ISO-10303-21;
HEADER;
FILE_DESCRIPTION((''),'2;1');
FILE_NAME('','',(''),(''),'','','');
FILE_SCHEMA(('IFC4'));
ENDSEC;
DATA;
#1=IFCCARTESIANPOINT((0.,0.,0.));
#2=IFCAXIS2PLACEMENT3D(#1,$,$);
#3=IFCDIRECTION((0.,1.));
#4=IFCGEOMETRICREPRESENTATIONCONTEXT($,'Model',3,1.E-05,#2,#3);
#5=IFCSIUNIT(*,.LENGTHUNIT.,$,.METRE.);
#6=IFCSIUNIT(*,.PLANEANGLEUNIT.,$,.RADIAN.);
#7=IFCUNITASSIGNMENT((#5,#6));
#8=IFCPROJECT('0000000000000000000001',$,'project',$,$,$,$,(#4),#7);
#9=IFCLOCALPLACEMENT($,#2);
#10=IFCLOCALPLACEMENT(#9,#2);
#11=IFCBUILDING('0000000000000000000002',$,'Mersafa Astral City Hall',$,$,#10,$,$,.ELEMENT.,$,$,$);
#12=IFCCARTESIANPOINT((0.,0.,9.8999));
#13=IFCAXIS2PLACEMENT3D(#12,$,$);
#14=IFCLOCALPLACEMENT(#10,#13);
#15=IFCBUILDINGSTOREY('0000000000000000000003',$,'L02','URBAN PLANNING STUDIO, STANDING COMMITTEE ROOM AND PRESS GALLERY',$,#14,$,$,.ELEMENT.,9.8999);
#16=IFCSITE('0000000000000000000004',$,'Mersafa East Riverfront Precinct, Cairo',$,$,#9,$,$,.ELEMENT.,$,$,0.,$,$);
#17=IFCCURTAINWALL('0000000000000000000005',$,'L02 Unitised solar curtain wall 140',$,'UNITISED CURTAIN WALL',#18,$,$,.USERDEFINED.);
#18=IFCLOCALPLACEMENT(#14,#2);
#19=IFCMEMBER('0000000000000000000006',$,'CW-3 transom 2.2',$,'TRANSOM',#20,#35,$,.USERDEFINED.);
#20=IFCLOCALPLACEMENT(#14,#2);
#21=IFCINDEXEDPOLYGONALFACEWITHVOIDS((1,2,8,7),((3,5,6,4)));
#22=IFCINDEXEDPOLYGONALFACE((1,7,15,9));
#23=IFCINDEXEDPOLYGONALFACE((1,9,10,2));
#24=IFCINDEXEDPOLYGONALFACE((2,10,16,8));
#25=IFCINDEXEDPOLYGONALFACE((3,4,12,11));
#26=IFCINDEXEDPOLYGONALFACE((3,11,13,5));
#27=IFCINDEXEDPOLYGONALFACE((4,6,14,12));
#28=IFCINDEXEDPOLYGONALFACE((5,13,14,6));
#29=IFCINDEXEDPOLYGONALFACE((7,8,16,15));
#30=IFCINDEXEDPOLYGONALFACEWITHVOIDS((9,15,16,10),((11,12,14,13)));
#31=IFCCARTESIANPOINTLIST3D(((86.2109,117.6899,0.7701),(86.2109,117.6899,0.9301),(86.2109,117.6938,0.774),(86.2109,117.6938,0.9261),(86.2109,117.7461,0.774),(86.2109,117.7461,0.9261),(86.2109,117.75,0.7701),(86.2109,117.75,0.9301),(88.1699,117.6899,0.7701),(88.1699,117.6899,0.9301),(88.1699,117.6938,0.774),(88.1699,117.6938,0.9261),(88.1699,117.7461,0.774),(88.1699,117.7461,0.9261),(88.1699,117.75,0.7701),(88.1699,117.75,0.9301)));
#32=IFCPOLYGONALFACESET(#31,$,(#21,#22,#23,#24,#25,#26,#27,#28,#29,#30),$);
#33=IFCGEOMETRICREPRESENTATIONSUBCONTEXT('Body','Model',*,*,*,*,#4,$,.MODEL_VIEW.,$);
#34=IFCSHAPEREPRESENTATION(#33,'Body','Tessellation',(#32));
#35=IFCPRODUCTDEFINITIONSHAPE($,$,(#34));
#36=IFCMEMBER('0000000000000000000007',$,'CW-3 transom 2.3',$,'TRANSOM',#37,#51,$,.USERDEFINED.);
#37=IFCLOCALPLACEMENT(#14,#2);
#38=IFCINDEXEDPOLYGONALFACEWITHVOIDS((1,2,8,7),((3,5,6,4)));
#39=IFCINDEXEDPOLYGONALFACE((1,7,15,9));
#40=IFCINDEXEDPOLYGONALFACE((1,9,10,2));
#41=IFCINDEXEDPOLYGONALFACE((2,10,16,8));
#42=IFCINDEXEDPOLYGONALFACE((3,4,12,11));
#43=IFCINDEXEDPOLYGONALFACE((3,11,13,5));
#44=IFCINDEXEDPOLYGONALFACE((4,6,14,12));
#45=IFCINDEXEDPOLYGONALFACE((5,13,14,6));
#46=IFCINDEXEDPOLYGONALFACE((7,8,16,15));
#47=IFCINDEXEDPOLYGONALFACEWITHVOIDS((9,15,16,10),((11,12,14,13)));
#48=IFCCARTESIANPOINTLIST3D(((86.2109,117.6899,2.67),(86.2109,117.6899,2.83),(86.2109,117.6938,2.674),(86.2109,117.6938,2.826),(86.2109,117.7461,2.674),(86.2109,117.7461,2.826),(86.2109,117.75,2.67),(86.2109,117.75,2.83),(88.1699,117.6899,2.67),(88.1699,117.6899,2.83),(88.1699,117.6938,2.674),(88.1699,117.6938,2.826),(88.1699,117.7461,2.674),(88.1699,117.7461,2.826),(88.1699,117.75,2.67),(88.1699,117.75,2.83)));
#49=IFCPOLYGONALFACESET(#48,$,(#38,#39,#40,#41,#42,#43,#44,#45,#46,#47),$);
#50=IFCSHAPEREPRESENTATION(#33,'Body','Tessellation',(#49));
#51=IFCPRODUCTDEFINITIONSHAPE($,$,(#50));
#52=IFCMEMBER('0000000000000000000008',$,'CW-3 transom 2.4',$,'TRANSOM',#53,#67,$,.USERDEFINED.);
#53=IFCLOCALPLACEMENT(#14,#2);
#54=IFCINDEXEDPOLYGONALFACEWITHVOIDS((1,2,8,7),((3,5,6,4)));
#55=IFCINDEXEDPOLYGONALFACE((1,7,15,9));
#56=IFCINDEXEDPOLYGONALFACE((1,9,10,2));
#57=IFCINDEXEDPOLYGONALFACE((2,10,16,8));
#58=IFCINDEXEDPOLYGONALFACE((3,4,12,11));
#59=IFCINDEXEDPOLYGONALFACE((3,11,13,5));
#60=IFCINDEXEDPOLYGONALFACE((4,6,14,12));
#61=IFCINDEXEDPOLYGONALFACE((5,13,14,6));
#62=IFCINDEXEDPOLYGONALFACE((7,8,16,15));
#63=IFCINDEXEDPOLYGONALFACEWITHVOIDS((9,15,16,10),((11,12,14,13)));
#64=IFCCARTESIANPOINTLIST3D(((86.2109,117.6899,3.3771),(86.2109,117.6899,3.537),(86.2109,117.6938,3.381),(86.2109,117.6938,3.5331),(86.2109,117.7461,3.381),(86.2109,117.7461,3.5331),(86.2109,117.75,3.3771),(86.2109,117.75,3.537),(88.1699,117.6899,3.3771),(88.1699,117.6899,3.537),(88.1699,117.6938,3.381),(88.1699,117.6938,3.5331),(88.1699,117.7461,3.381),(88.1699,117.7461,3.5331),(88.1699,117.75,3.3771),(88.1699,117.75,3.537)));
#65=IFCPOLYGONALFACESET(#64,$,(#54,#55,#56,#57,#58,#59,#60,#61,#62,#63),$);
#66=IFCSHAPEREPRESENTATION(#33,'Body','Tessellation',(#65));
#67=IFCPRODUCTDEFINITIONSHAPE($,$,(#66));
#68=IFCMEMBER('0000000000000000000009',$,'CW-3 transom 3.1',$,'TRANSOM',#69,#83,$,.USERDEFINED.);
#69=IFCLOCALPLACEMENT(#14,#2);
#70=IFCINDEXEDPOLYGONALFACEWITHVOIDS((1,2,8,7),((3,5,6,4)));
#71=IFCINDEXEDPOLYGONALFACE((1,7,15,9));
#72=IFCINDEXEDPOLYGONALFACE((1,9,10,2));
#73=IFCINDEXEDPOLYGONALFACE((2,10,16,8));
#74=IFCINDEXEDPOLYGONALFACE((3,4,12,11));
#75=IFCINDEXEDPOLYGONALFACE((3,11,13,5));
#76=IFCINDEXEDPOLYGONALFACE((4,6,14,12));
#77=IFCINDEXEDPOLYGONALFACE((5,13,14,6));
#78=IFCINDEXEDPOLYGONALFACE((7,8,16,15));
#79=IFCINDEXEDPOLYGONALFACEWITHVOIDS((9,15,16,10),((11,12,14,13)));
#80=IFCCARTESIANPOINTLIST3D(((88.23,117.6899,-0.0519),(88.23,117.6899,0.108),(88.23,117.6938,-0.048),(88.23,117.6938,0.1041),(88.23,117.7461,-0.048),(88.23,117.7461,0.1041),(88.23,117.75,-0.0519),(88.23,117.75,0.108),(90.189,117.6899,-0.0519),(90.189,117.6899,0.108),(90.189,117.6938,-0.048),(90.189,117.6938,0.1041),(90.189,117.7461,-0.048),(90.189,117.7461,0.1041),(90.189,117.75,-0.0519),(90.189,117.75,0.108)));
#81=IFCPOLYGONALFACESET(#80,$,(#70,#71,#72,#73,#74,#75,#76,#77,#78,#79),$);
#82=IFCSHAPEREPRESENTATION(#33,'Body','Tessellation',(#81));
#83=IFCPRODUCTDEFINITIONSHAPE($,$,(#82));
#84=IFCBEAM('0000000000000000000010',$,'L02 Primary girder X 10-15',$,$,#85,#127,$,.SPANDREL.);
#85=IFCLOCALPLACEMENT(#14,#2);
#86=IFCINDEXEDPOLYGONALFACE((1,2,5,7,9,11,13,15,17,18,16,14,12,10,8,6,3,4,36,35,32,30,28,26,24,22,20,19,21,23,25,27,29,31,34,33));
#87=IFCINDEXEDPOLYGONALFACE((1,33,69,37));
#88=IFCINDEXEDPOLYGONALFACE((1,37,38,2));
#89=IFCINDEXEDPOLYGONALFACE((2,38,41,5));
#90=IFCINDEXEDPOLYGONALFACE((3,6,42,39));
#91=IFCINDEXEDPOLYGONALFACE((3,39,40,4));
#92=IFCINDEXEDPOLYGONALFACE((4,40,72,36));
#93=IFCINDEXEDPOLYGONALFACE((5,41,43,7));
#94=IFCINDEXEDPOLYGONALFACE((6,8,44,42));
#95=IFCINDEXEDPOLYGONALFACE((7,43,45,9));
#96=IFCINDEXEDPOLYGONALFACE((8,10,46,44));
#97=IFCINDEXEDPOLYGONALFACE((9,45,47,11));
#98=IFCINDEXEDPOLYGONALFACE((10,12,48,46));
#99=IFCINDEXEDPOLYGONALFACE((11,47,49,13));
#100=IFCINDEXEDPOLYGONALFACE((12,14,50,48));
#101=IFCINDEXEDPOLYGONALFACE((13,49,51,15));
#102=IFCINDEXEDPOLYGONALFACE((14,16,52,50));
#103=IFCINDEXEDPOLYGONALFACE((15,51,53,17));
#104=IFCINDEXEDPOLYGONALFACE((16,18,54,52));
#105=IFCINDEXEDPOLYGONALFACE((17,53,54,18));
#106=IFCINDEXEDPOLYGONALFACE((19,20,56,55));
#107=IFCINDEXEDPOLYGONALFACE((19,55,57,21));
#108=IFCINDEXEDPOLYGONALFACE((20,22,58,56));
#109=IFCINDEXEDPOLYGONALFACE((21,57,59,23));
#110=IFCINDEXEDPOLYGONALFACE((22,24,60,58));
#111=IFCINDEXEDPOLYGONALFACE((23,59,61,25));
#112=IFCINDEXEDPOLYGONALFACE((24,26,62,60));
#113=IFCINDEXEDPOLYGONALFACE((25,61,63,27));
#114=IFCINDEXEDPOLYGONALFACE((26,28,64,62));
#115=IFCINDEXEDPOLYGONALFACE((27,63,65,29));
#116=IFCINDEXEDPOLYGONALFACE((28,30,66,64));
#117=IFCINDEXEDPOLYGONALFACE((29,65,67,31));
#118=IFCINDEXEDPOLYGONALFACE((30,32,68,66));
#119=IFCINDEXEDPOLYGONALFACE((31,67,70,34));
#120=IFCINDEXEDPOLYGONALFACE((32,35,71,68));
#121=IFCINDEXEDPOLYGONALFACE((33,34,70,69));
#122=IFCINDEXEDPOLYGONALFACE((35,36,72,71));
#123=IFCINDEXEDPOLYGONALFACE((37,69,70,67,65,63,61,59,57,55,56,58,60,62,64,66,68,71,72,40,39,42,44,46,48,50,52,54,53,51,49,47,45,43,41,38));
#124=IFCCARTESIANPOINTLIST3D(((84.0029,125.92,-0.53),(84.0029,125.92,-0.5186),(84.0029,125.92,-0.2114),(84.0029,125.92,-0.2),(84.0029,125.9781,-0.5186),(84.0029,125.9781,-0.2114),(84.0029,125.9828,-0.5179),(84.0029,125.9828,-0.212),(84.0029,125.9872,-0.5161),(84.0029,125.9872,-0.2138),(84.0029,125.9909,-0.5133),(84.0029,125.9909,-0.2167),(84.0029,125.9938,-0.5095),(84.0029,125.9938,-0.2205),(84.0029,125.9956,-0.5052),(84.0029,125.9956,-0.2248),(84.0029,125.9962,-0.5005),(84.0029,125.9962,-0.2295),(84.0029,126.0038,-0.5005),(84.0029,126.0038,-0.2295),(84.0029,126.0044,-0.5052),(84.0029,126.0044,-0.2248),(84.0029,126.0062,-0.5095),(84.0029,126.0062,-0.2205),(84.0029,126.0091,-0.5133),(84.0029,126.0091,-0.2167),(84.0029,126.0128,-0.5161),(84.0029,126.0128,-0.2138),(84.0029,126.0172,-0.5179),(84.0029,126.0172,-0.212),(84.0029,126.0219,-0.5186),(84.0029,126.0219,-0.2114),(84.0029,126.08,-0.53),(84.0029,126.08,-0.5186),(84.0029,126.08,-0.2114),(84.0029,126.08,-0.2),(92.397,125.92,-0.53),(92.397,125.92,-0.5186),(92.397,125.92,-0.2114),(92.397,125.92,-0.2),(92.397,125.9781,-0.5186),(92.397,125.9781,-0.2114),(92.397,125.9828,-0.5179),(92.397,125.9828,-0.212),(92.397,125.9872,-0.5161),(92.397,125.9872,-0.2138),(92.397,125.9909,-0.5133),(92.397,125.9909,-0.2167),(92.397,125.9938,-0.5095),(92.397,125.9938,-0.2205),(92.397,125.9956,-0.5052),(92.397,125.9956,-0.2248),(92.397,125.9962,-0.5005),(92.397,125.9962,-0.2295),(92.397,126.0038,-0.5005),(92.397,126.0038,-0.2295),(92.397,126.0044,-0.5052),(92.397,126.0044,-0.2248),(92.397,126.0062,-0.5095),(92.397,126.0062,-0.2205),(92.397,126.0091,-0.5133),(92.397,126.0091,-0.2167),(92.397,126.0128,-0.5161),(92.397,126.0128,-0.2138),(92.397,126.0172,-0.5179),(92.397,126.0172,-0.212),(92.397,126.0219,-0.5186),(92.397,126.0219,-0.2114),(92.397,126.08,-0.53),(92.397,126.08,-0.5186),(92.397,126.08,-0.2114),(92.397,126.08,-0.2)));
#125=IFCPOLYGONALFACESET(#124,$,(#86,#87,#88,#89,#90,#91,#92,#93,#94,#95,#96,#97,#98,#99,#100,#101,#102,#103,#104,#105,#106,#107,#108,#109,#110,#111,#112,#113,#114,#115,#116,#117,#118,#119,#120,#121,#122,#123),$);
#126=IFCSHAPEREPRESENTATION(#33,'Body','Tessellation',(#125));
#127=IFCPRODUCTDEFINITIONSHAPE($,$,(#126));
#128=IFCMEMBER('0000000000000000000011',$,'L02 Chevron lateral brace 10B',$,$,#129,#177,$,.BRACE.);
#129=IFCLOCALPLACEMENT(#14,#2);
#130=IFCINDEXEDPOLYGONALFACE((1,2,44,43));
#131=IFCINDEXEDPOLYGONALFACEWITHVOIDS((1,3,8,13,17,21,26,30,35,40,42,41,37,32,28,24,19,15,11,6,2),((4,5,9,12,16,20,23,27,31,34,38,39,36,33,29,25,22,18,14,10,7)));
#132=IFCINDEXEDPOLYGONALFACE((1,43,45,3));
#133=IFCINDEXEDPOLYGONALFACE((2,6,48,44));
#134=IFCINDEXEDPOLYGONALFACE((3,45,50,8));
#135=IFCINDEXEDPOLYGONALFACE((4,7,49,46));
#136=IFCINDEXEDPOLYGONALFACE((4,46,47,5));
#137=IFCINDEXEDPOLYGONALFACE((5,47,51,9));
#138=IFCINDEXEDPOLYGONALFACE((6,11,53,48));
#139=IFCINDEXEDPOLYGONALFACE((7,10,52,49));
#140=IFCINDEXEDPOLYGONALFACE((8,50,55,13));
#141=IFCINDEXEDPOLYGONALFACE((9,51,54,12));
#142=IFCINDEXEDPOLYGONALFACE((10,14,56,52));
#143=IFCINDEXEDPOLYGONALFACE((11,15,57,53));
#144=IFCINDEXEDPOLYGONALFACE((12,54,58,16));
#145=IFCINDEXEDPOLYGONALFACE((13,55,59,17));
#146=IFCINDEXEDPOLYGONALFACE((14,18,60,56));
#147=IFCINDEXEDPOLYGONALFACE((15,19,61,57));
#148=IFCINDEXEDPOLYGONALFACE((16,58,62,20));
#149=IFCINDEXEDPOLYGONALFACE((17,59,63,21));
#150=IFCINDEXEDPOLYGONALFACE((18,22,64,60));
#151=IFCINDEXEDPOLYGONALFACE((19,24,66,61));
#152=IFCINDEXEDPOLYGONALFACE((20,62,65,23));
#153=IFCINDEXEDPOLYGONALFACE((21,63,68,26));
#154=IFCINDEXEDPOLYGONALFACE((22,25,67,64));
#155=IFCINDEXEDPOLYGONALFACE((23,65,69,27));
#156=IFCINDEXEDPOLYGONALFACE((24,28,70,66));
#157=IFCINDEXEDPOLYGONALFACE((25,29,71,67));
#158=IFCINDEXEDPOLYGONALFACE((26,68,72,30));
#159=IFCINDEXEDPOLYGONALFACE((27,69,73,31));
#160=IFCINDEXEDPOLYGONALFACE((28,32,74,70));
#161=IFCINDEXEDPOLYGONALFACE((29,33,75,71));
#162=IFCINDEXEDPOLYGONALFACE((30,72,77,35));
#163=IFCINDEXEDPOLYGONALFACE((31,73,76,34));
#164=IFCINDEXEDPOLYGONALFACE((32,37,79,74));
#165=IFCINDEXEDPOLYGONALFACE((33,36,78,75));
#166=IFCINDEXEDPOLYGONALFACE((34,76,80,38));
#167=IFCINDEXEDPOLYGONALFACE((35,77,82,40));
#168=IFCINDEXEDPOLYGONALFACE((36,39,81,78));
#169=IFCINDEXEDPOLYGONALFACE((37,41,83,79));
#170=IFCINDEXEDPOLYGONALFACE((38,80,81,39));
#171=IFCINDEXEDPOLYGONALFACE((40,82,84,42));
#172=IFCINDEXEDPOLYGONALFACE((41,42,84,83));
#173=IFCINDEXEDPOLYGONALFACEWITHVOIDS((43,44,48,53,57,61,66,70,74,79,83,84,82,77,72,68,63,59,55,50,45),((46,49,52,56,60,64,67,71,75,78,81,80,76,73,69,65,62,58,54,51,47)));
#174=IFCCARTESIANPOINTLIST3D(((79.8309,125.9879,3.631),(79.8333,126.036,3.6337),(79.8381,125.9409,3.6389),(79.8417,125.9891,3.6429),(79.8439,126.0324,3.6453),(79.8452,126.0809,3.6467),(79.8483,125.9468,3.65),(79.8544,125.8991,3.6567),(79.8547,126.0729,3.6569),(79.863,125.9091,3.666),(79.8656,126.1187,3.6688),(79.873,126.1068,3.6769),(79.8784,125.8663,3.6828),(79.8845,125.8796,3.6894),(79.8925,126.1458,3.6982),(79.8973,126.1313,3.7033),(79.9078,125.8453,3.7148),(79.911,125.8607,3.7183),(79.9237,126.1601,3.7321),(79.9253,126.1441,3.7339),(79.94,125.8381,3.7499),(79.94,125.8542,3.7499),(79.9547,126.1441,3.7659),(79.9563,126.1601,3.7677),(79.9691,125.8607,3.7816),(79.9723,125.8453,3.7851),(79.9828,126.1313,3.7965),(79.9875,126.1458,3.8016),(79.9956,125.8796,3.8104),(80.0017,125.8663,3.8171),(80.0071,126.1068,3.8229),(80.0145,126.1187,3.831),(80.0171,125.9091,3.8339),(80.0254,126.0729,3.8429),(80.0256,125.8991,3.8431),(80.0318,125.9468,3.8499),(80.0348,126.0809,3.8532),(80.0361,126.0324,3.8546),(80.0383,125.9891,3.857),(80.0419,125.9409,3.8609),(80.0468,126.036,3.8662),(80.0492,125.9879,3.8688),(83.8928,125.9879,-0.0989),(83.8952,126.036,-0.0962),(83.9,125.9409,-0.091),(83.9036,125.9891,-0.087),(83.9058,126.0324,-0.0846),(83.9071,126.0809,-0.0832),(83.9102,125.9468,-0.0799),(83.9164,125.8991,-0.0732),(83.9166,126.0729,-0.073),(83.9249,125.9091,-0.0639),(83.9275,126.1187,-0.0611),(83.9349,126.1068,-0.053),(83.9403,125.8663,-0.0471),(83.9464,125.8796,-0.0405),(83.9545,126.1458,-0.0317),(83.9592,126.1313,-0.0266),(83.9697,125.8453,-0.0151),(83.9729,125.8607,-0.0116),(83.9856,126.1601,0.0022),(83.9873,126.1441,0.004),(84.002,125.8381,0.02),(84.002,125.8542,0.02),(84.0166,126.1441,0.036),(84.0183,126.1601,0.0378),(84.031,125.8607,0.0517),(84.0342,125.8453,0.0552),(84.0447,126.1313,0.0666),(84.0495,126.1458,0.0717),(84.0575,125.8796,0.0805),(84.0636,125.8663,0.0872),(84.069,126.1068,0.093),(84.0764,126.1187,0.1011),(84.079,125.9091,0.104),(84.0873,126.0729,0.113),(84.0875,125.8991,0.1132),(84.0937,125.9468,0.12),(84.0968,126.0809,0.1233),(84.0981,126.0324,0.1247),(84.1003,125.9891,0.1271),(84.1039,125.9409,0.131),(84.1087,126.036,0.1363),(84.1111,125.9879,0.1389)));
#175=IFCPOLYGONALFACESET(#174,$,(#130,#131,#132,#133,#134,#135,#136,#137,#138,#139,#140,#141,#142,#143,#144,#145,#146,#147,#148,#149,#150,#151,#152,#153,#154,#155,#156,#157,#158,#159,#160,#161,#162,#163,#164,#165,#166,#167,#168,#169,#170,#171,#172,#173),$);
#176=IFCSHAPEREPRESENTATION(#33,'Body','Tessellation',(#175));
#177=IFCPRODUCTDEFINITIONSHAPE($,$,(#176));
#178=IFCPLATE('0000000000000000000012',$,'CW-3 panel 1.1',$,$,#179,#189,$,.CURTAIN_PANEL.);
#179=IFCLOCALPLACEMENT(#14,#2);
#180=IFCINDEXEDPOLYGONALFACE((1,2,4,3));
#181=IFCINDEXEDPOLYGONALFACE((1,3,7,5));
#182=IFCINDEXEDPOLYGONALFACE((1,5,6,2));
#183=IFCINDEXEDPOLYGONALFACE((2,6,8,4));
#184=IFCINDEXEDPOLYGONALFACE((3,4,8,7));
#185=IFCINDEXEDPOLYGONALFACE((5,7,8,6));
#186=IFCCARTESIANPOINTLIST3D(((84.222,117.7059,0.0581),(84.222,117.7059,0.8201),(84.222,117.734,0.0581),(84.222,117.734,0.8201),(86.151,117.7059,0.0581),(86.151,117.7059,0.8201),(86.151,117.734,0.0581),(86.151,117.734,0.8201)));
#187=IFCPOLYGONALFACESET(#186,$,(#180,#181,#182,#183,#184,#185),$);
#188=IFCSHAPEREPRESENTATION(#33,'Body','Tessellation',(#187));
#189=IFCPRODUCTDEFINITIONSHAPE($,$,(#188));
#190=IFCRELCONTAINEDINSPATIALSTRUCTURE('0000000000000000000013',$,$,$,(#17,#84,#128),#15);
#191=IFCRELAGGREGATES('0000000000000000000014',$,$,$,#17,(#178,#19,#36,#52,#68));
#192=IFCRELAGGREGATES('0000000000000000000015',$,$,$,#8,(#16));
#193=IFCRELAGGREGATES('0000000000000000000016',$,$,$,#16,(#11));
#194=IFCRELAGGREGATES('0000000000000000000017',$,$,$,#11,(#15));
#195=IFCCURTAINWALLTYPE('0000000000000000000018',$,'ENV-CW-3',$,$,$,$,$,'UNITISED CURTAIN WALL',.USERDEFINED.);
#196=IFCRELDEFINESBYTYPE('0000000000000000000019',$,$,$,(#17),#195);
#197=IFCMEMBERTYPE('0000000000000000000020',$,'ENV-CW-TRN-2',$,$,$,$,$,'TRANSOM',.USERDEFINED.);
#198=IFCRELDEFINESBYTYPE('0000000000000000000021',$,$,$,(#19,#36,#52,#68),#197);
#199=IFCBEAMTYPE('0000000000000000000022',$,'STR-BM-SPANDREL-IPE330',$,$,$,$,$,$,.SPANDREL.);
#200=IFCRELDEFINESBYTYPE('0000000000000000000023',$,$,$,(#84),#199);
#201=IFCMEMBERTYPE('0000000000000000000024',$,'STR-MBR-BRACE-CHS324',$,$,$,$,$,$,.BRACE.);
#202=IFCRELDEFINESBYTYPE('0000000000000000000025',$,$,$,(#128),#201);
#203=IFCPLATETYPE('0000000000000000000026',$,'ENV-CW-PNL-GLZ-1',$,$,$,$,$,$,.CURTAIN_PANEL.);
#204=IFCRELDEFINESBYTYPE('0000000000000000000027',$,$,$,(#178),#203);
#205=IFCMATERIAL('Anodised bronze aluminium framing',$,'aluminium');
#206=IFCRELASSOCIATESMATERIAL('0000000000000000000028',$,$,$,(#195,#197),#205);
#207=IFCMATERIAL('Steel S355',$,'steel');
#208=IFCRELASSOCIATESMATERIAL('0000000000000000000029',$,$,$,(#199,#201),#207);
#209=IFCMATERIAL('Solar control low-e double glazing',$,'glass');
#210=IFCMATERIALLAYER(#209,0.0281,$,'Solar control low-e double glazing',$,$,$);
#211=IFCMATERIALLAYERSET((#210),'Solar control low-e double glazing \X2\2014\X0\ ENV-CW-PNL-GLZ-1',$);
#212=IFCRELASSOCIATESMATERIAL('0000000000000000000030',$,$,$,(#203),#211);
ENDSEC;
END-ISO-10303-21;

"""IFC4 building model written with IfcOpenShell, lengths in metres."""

from ifc_helpers import new_model, si_unit, direction, frame, origin, origin_2d, place, context, subcontext, project, spatial, rectangle, hollow_rectangle, hollow_circle, i_section, extrude, material, layer, layer_set, material_profile, profile_set, type_object, element, aggregate, save


model = new_model("IFC4")

# Units and contexts
model_context = context("Model", 3, precision=1e-05, world=origin(), true_north=direction((0.0, 1.0)))
body_context = subcontext(model_context, "Body", "Model", "MODEL_VIEW")
ifc_project = project(units=[si_unit("LENGTHUNIT", "METRE"), si_unit("PLANEANGLEUNIT", "RADIAN")], contexts=[model_context])

# Site, building, storey
site_placement = place(None, origin())
site = spatial("IfcSite", under=ifc_project, at=site_placement, Name="Mersafa East Riverfront Precinct, Cairo", CompositionType="ELEMENT", RefElevation=0.0)
building_placement = place(site_placement, origin())
building = spatial("IfcBuilding", under=site, at=building_placement, Name="Mersafa Astral City Hall", CompositionType="ELEMENT")
storey_placement = place(building_placement, frame((0.0, 0.0, 9.8999)))
storey = spatial("IfcBuildingStorey", under=building, at=storey_placement, Name="L02", Description="URBAN PLANNING STUDIO, STANDING COMMITTEE ROOM AND PRESS GALLERY", CompositionType="ELEMENT", Elevation=9.8999)

# Shared definitions
ifc_material_1 = material(Name="Steel S355", Category="steel")

# Curtain wall, members
ifc_material_2 = material(Name="Anodised bronze aluminium framing", Category="aluminium")
curtain_wall_type = type_object("IfcCurtainWallType", Name="ENV-CW-3", ElementType="UNITISED CURTAIN WALL", PredefinedType="USERDEFINED", material=ifc_material_2)
curtain_wall_placement = place(storey_placement, origin())
curtain_wall = element("IfcCurtainWall", 1, at=curtain_wall_placement, inside=storey, type_object=curtain_wall_type, Name="L02 Unitised solar curtain wall 140", ObjectType="UNITISED CURTAIN WALL", PredefinedType="USERDEFINED")
ifc_material_profile_1 = material_profile(ifc_material_2, hollow_rectangle(XDim=0.0601, YDim=0.1599, WallThickness=0.0039, at=origin_2d()), Name="RHS 60x160x4")
ifc_profile_set_1 = profile_set([ifc_material_profile_1], Name="Anodised bronze aluminium framing")
member_type_1 = type_object("IfcMemberType", Name="ENV-CW-TRN-2", ElementType="TRANSOM", PredefinedType="USERDEFINED", material=ifc_profile_set_1)
member_1_placement = place(storey_placement, frame((86.2109, 117.72, 0.8501), z_axis=(1.0, 0.0, 0.0), x_axis=(0.0, 1.0, 0.0)))
member_1 = element("IfcMember", 2, at=member_1_placement, type_object=member_type_1, Name="CW-3 transom 2.2", ObjectType="TRANSOM", PredefinedType="USERDEFINED", context=body_context, shape_type="SweptSolid", body=[
    extrude(hollow_rectangle(XDim=0.0601, YDim=0.1599, WallThickness=0.0039, at=origin_2d()), origin(), (0.0, 0.0, 1.0), 1.959),
])
member_2_placement = place(storey_placement, frame((86.2109, 117.72, 2.75), z_axis=(1.0, 0.0, 0.0), x_axis=(0.0, 1.0, 0.0)))
member_2 = element("IfcMember", 3, at=member_2_placement, type_object=member_type_1, Name="CW-3 transom 2.3", ObjectType="TRANSOM", PredefinedType="USERDEFINED", context=body_context, shape_type="SweptSolid", body=[
    extrude(hollow_rectangle(XDim=0.0601, YDim=0.1599, WallThickness=0.0039, at=origin_2d()), origin(), (0.0, 0.0, 1.0), 1.959),
])
member_3_placement = place(storey_placement, frame((86.2109, 117.72, 3.457), z_axis=(1.0, 0.0, 0.0), x_axis=(0.0, 1.0, 0.0)))
member_3 = element("IfcMember", 4, at=member_3_placement, type_object=member_type_1, Name="CW-3 transom 2.4", ObjectType="TRANSOM", PredefinedType="USERDEFINED", context=body_context, shape_type="SweptSolid", body=[
    extrude(hollow_rectangle(XDim=0.0601, YDim=0.1599, WallThickness=0.0039, at=origin_2d()), origin(), (0.0, 0.0, 1.0), 1.959),
])
member_4_placement = place(storey_placement, frame((88.23, 117.72, 0.0281), z_axis=(1.0, 0.0, 0.0), x_axis=(0.0, 1.0, 0.0)))
member_4 = element("IfcMember", 5, at=member_4_placement, type_object=member_type_1, Name="CW-3 transom 3.1", ObjectType="TRANSOM", PredefinedType="USERDEFINED", context=body_context, shape_type="SweptSolid", body=[
    extrude(hollow_rectangle(XDim=0.0601, YDim=0.1599, WallThickness=0.0039, at=origin_2d()), origin(), (0.0, 0.0, 1.0), 1.959),
])

# Beam
ifc_material_profile_2 = material_profile(ifc_material_1, i_section(OverallWidth=0.1599, OverallDepth=0.3301, WebThickness=0.0076, FlangeThickness=0.0115, FilletRadius=0.0181, at=origin_2d()), Name="IPE 330")
ifc_profile_set_2 = profile_set([ifc_material_profile_2], Name="Steel S355")
beam_type = type_object("IfcBeamType", Name="STR-BM-SPANDREL-IPE330", PredefinedType="SPANDREL", material=ifc_profile_set_2)
beam_placement = place(storey_placement, frame((84.0029, 126.0, -0.365), z_axis=(1.0, 0.0, 0.0), x_axis=(0.0, 1.0, 0.0)))
element("IfcBeam", 6, at=beam_placement, inside=storey, type_object=beam_type, Name="L02 Primary girder X 10-15", PredefinedType="SPANDREL", context=body_context, shape_type="SweptSolid", body=[
    extrude(i_section(OverallWidth=0.1599, OverallDepth=0.3301, WebThickness=0.0076, FlangeThickness=0.0115, FilletRadius=0.0181, at=origin_2d()), origin(), (0.0, 0.0, 1.0), 8.394),
])

# Member
ifc_material_profile_3 = material_profile(ifc_material_1, hollow_circle(Radius=0.1619, WallThickness=0.0161, at=origin_2d()), Name="CHS 323.9x16")
ifc_profile_set_3 = profile_set([ifc_material_profile_3], Name="Steel S355")
member_type_2 = type_object("IfcMemberType", Name="STR-MBR-BRACE-CHS324", PredefinedType="BRACE", material=ifc_profile_set_3)
member_5_placement = place(storey_placement, frame((84.002, 126.0, 0.02), z_axis=(-0.736569, 0.0, 0.676362), x_axis=(0.0, -1.0, 0.0)))
element("IfcMember", 7, at=member_5_placement, inside=storey, type_object=member_type_2, Name="L02 Chevron lateral brace 10B", PredefinedType="BRACE", context=body_context, shape_type="SweptSolid", body=[
    extrude(hollow_circle(Radius=0.1619, WallThickness=0.0161, at=origin_2d()), origin(), (0.0, 0.0, 1.0), 5.5146),
])

# Plate
ifc_material_3 = material(Name="Solar control low-e double glazing", Category="glass")
ifc_layer_1 = layer(ifc_material_3, 0.0281, Name="Solar control low-e double glazing")
ifc_layer_set_1 = layer_set([ifc_layer_1], Name="Solar control low-e double glazing — ENV-CW-PNL-GLZ-1")
plate_type_1 = type_object("IfcPlateType", Name="ENV-CW-PNL-GLZ-1", PredefinedType="CURTAIN_PANEL", material=ifc_layer_set_1)
plate_1_placement = place(storey_placement, frame((85.1865, 117.72, 0.0581), z_axis=(0.0, 0.0, 1.0), x_axis=(1.0, 0.0, 0.0)))
plate_1 = element("IfcPlate", 8, at=plate_1_placement, type_object=plate_type_1, Name="CW-3 panel 1.1", PredefinedType="CURTAIN_PANEL", context=body_context, shape_type="SweptSolid", body=[
    extrude(rectangle(XDim=1.929, YDim=0.0281, at=origin_2d()), origin(), (0.0, 0.0, 1.0), 0.762),
])
aggregate(curtain_wall, [plate_1, member_1, member_2, member_3, member_4])

save(model, "model.ifc")
